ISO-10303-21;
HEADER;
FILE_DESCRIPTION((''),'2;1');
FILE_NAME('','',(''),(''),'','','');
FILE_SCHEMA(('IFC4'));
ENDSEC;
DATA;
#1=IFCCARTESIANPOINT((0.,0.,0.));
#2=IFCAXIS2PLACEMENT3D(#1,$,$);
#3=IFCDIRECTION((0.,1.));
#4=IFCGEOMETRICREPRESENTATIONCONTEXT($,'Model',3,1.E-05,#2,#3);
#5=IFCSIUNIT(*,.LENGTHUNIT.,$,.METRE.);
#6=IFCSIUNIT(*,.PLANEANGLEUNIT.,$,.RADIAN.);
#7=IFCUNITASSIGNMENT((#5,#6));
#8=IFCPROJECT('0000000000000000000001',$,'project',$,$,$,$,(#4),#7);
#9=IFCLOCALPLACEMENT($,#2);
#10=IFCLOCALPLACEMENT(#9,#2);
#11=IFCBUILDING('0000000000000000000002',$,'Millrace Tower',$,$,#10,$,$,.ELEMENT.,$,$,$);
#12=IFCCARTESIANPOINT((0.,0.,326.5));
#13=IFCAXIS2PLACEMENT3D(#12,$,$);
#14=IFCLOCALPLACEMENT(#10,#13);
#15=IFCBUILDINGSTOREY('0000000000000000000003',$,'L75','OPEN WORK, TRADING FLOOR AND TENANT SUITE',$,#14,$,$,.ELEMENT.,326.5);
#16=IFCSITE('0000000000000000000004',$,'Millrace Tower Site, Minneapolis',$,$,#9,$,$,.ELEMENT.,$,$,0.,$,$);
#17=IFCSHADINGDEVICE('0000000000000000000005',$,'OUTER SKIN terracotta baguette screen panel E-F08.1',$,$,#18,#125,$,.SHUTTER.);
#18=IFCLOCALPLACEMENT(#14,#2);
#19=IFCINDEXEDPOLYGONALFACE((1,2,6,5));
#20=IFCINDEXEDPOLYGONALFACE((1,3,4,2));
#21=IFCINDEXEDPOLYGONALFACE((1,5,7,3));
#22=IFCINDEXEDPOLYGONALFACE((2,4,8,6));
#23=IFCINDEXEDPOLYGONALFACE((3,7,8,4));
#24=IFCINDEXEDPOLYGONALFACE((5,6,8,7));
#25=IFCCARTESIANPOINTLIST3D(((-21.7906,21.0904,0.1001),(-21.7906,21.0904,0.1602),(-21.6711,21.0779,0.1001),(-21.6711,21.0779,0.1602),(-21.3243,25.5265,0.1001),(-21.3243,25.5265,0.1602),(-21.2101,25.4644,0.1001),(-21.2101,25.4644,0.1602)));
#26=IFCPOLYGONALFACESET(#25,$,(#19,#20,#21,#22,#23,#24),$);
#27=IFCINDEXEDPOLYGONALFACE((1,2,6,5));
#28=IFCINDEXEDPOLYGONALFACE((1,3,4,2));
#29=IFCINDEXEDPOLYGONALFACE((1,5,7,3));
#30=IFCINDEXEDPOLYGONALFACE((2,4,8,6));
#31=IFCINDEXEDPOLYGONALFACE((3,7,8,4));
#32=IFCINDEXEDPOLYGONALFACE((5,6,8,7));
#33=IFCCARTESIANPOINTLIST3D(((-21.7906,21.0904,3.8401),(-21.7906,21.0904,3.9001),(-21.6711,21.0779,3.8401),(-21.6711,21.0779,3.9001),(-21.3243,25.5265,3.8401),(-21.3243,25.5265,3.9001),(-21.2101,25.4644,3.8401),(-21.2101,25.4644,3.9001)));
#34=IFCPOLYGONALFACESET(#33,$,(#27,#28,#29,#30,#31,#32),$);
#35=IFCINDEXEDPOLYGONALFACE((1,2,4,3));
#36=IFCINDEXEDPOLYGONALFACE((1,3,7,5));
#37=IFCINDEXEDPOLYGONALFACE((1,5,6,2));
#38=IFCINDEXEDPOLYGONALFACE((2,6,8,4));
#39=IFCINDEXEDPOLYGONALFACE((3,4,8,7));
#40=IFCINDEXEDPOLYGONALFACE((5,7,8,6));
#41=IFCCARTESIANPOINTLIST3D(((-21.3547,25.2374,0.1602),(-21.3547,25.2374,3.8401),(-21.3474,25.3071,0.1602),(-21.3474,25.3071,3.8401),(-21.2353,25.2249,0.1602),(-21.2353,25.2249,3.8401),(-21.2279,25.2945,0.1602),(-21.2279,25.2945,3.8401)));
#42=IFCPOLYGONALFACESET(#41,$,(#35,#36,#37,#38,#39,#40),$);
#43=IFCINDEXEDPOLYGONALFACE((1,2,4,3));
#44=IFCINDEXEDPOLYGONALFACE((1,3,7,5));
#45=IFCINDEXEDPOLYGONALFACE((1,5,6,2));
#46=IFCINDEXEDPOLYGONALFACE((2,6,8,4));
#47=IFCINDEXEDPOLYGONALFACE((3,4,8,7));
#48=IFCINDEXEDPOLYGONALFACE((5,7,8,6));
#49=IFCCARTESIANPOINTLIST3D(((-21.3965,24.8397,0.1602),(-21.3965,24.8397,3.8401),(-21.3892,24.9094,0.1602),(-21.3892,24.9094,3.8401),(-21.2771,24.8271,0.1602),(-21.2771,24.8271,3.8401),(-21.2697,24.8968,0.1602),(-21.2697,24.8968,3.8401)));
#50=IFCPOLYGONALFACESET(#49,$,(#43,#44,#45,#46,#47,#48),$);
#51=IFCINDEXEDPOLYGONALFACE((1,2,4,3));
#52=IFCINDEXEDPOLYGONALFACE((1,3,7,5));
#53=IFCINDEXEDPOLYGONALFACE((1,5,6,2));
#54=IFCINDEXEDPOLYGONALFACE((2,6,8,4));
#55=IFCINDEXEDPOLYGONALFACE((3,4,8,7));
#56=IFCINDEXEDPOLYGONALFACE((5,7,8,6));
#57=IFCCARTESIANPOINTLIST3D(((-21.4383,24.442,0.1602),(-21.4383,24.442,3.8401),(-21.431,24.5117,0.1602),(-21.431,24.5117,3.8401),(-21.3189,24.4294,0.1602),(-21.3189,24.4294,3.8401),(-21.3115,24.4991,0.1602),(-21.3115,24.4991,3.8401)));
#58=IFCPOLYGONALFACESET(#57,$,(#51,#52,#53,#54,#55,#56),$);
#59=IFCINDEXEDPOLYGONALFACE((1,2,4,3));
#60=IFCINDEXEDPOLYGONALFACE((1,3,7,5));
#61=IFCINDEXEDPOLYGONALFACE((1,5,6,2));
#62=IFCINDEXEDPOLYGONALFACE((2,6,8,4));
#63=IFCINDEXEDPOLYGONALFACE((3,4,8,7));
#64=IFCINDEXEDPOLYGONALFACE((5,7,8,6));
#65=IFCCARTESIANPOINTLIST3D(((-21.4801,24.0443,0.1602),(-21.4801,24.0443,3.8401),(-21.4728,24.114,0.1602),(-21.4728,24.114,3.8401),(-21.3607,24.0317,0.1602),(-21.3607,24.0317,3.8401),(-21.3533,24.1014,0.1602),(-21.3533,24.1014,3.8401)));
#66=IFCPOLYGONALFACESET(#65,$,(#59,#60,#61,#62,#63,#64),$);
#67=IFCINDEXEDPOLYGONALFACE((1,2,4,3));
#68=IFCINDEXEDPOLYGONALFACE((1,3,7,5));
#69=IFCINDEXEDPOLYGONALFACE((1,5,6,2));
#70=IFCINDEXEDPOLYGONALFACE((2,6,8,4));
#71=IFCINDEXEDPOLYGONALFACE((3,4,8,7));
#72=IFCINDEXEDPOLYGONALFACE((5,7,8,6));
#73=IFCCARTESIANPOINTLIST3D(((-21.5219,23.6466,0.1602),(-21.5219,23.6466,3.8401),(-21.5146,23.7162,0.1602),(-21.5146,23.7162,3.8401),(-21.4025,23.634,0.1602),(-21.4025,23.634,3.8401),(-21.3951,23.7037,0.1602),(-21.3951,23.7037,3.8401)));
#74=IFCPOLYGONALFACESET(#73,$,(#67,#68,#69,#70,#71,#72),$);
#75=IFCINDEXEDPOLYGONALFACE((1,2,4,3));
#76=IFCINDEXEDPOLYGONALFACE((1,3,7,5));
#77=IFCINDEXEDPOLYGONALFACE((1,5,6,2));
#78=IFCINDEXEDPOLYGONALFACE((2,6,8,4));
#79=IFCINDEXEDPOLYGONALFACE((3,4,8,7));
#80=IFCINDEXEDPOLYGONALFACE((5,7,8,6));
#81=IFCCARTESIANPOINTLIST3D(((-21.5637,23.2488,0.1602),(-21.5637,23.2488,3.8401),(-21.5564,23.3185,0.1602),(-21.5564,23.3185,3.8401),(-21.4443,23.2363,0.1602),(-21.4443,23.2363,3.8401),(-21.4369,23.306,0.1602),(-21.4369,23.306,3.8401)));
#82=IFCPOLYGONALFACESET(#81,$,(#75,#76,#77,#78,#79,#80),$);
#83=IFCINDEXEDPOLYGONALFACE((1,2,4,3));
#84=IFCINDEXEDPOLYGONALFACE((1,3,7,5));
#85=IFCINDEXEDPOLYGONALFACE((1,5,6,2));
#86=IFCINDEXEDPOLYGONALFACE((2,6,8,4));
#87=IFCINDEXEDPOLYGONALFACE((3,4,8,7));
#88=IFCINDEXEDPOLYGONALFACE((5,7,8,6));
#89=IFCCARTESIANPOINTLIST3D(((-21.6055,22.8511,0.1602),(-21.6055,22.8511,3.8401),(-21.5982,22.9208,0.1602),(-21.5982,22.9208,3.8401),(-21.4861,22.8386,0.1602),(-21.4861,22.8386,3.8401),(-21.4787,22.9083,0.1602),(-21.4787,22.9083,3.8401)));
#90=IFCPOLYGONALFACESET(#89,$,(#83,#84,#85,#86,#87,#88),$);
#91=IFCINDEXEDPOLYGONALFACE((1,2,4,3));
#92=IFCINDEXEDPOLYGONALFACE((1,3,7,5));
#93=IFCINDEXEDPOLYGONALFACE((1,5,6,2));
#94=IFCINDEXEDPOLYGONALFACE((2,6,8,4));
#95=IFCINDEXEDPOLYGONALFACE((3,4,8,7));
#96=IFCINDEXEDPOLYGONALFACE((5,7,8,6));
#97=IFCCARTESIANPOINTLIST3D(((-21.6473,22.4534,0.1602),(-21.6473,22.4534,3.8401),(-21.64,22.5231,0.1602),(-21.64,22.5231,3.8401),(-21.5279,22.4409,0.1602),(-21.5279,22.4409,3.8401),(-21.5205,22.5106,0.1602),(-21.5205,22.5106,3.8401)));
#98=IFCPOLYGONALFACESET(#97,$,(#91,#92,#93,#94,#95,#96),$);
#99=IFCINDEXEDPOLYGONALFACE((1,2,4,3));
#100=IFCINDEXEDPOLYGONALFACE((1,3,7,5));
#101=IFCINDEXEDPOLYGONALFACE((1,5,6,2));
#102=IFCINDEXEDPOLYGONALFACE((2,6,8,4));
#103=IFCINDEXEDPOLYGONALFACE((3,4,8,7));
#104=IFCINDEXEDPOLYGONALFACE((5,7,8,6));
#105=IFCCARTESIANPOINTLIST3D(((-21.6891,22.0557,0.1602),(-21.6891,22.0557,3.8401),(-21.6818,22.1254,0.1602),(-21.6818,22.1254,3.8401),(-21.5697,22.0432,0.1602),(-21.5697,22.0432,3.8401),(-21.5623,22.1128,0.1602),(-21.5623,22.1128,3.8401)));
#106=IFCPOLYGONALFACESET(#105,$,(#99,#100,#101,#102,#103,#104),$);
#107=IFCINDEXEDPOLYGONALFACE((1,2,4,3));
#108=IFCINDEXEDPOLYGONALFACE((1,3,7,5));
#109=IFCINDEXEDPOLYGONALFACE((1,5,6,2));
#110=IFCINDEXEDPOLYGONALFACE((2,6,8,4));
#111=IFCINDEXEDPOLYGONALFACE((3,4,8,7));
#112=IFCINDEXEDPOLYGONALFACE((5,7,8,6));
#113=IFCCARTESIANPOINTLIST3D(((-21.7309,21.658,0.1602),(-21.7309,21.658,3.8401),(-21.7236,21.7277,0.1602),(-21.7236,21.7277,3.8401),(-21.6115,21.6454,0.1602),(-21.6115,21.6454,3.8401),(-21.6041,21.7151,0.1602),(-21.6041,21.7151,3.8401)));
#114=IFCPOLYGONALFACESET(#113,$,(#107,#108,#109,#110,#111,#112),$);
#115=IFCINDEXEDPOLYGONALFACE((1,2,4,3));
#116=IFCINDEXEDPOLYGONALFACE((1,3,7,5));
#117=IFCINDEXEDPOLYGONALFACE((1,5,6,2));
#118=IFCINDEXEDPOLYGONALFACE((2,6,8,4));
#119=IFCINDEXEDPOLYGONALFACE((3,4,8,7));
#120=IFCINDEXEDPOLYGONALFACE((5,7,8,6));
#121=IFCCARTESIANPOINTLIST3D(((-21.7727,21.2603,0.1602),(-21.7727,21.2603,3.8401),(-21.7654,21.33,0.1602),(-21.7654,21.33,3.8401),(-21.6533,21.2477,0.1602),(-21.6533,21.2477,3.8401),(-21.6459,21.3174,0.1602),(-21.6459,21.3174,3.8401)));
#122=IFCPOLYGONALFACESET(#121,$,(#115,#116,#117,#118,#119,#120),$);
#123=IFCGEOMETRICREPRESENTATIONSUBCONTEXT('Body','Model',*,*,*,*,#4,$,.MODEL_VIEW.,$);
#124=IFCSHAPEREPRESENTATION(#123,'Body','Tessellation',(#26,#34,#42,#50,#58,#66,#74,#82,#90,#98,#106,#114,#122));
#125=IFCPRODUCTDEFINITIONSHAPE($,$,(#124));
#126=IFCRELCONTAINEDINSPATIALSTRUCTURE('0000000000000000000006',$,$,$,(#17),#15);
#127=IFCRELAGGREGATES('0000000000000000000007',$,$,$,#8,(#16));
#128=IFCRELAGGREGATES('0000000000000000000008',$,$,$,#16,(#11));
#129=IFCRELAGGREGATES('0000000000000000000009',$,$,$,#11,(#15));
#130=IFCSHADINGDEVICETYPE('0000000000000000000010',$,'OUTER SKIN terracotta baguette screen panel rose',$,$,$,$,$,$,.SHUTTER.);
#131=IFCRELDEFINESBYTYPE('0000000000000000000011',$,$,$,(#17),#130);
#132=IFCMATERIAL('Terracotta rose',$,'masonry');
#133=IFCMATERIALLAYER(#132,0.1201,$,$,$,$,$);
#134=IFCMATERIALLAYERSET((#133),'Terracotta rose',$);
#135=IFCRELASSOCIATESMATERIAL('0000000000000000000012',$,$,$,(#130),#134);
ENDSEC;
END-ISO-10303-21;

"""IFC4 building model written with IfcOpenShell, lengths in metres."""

from ifc_helpers import new_model, entity, si_unit, direction, frame, frame_2d, origin, place, context, subcontext, project, spatial, rectangle, extrude, source, transform, mapped, material, layer, layer_set, type_object, element, save


model = new_model("IFC4")

# Units and contexts
model_context = context("Model", 3, precision=1e-05, world=origin(), true_north=direction((0.0, 1.0)))
body_context = subcontext(model_context, "Body", "Model", "MODEL_VIEW")
ifc_project = project(units=[si_unit("LENGTHUNIT", "METRE"), si_unit("PLANEANGLEUNIT", "RADIAN")], contexts=[model_context])

# Site, building, storey
site_placement = place(None, origin())
site = spatial("IfcSite", under=ifc_project, at=site_placement, Name="Millrace Tower Site, Minneapolis", CompositionType="ELEMENT", RefElevation=0.0)
building_placement = place(site_placement, origin())
building = spatial("IfcBuilding", under=site, at=building_placement, Name="Millrace Tower", CompositionType="ELEMENT")
storey_placement = place(building_placement, frame((0.0, 0.0, 326.5)))
storey = spatial("IfcBuildingStorey", under=building, at=storey_placement, Name="L75", Description="OPEN WORK, TRADING FLOOR AND TENANT SUITE", CompositionType="ELEMENT", Elevation=326.5)

# Shading device
ifc_material_1 = material(Name="Terracotta rose", Category="masonry")
ifc_layer_1 = layer(ifc_material_1, 0.1201)
ifc_layer_set_1 = layer_set([ifc_layer_1], Name="Terracotta rose")
shading_device_type = type_object("IfcShadingDeviceType", Name="OUTER SKIN terracotta baguette screen panel rose", PredefinedType="SHUTTER", material=ifc_layer_set_1)
cartesian_point_1 = entity("IfcCartesianPoint", [-2.1929, 0.0601])
shared_polyline_1 = entity("IfcPolyline", [cartesian_point_1, entity("IfcCartesianPoint", [2.2178, 0.0601]), entity("IfcCartesianPoint", [2.2178, -0.0601]), entity("IfcCartesianPoint", [-2.2427, -0.0601]), cartesian_point_1])
shared_shape_1 = source(origin(), body_context, "Body", "SweptSolid", [
    entity("IfcExtrudedAreaSolid", entity("IfcArbitraryClosedProfileDef", "AREA", None, shared_polyline_1), entity("IfcAxis2Placement3D", entity("IfcCartesianPoint", [0.0, 0.0, 0.0])), entity("IfcDirection", [0.0, 0.0, 1.0]), 0.0601),
    entity("IfcExtrudedAreaSolid", entity("IfcArbitraryClosedProfileDef", "AREA", None, shared_polyline_1), entity("IfcAxis2Placement3D", entity("IfcCartesianPoint", [0.0, 0.0, 3.74])), entity("IfcDirection", [0.0, 0.0, 1.0]), 0.0601),
    extrude(rectangle(XDim=0.0701, YDim=0.1201, at=frame_2d((-1.9871, 0.0))), frame((0.0, 0.0, 0.0601)), (0.0, 0.0, 1.0), 3.6799),
    extrude(rectangle(XDim=0.0701, YDim=0.1201, at=frame_2d((-1.5872, 0.0))), frame((0.0, 0.0, 0.0601)), (0.0, 0.0, 1.0), 3.6799),
    extrude(rectangle(XDim=0.0701, YDim=0.1201, at=frame_2d((-1.1873, 0.0))), frame((0.0, 0.0, 0.0601)), (0.0, 0.0, 1.0), 3.6799),
    extrude(rectangle(XDim=0.0701, YDim=0.1201, at=frame_2d((-0.7874, 0.0))), frame((0.0, 0.0, 0.0601)), (0.0, 0.0, 1.0), 3.6799),
    extrude(rectangle(XDim=0.0701, YDim=0.1201, at=frame_2d((-0.3875, 0.0))), frame((0.0, 0.0, 0.0601)), (0.0, 0.0, 1.0), 3.6799),
    extrude(rectangle(XDim=0.0701, YDim=0.1201, at=frame_2d((0.0125, 0.0))), frame((0.0, 0.0, 0.0601)), (0.0, 0.0, 1.0), 3.6799),
    extrude(rectangle(XDim=0.0701, YDim=0.1201, at=frame_2d((0.4124, 0.0))), frame((0.0, 0.0, 0.0601)), (0.0, 0.0, 1.0), 3.6799),
    extrude(rectangle(XDim=0.0701, YDim=0.1201, at=frame_2d((0.8123, 0.0))), frame((0.0, 0.0, 0.0601)), (0.0, 0.0, 1.0), 3.6799),
    extrude(rectangle(XDim=0.0701, YDim=0.1201, at=frame_2d((1.2122, 0.0))), frame((0.0, 0.0, 0.0601)), (0.0, 0.0, 1.0), 3.6799),
    extrude(rectangle(XDim=0.0701, YDim=0.1201, at=frame_2d((1.6121, 0.0))), frame((0.0, 0.0, 0.0601)), (0.0, 0.0, 1.0), 3.6799),
    extrude(rectangle(XDim=0.0701, YDim=0.1201, at=frame_2d((2.012, 0.0))), frame((0.0, 0.0, 0.0601)), (0.0, 0.0, 1.0), 3.6799),
])
shading_device_1_placement = place(storey_placement, frame((-21.499, 23.2898, 0.1001), z_axis=(0.0, 0.0, 1.0), x_axis=(-0.104528, -0.994522, 0.0)))
element("IfcShadingDevice", 1, at=shading_device_1_placement, inside=storey, type_object=shading_device_type, Name="OUTER SKIN terracotta baguette screen panel E-F08.1", PredefinedType="SHUTTER", context=body_context, shape_type="MappedRepresentation", body=[
    mapped(shared_shape_1, transform((0.0, 0.0, 0.0), scale=1.0)),
])

save(model, "model.ifc")
